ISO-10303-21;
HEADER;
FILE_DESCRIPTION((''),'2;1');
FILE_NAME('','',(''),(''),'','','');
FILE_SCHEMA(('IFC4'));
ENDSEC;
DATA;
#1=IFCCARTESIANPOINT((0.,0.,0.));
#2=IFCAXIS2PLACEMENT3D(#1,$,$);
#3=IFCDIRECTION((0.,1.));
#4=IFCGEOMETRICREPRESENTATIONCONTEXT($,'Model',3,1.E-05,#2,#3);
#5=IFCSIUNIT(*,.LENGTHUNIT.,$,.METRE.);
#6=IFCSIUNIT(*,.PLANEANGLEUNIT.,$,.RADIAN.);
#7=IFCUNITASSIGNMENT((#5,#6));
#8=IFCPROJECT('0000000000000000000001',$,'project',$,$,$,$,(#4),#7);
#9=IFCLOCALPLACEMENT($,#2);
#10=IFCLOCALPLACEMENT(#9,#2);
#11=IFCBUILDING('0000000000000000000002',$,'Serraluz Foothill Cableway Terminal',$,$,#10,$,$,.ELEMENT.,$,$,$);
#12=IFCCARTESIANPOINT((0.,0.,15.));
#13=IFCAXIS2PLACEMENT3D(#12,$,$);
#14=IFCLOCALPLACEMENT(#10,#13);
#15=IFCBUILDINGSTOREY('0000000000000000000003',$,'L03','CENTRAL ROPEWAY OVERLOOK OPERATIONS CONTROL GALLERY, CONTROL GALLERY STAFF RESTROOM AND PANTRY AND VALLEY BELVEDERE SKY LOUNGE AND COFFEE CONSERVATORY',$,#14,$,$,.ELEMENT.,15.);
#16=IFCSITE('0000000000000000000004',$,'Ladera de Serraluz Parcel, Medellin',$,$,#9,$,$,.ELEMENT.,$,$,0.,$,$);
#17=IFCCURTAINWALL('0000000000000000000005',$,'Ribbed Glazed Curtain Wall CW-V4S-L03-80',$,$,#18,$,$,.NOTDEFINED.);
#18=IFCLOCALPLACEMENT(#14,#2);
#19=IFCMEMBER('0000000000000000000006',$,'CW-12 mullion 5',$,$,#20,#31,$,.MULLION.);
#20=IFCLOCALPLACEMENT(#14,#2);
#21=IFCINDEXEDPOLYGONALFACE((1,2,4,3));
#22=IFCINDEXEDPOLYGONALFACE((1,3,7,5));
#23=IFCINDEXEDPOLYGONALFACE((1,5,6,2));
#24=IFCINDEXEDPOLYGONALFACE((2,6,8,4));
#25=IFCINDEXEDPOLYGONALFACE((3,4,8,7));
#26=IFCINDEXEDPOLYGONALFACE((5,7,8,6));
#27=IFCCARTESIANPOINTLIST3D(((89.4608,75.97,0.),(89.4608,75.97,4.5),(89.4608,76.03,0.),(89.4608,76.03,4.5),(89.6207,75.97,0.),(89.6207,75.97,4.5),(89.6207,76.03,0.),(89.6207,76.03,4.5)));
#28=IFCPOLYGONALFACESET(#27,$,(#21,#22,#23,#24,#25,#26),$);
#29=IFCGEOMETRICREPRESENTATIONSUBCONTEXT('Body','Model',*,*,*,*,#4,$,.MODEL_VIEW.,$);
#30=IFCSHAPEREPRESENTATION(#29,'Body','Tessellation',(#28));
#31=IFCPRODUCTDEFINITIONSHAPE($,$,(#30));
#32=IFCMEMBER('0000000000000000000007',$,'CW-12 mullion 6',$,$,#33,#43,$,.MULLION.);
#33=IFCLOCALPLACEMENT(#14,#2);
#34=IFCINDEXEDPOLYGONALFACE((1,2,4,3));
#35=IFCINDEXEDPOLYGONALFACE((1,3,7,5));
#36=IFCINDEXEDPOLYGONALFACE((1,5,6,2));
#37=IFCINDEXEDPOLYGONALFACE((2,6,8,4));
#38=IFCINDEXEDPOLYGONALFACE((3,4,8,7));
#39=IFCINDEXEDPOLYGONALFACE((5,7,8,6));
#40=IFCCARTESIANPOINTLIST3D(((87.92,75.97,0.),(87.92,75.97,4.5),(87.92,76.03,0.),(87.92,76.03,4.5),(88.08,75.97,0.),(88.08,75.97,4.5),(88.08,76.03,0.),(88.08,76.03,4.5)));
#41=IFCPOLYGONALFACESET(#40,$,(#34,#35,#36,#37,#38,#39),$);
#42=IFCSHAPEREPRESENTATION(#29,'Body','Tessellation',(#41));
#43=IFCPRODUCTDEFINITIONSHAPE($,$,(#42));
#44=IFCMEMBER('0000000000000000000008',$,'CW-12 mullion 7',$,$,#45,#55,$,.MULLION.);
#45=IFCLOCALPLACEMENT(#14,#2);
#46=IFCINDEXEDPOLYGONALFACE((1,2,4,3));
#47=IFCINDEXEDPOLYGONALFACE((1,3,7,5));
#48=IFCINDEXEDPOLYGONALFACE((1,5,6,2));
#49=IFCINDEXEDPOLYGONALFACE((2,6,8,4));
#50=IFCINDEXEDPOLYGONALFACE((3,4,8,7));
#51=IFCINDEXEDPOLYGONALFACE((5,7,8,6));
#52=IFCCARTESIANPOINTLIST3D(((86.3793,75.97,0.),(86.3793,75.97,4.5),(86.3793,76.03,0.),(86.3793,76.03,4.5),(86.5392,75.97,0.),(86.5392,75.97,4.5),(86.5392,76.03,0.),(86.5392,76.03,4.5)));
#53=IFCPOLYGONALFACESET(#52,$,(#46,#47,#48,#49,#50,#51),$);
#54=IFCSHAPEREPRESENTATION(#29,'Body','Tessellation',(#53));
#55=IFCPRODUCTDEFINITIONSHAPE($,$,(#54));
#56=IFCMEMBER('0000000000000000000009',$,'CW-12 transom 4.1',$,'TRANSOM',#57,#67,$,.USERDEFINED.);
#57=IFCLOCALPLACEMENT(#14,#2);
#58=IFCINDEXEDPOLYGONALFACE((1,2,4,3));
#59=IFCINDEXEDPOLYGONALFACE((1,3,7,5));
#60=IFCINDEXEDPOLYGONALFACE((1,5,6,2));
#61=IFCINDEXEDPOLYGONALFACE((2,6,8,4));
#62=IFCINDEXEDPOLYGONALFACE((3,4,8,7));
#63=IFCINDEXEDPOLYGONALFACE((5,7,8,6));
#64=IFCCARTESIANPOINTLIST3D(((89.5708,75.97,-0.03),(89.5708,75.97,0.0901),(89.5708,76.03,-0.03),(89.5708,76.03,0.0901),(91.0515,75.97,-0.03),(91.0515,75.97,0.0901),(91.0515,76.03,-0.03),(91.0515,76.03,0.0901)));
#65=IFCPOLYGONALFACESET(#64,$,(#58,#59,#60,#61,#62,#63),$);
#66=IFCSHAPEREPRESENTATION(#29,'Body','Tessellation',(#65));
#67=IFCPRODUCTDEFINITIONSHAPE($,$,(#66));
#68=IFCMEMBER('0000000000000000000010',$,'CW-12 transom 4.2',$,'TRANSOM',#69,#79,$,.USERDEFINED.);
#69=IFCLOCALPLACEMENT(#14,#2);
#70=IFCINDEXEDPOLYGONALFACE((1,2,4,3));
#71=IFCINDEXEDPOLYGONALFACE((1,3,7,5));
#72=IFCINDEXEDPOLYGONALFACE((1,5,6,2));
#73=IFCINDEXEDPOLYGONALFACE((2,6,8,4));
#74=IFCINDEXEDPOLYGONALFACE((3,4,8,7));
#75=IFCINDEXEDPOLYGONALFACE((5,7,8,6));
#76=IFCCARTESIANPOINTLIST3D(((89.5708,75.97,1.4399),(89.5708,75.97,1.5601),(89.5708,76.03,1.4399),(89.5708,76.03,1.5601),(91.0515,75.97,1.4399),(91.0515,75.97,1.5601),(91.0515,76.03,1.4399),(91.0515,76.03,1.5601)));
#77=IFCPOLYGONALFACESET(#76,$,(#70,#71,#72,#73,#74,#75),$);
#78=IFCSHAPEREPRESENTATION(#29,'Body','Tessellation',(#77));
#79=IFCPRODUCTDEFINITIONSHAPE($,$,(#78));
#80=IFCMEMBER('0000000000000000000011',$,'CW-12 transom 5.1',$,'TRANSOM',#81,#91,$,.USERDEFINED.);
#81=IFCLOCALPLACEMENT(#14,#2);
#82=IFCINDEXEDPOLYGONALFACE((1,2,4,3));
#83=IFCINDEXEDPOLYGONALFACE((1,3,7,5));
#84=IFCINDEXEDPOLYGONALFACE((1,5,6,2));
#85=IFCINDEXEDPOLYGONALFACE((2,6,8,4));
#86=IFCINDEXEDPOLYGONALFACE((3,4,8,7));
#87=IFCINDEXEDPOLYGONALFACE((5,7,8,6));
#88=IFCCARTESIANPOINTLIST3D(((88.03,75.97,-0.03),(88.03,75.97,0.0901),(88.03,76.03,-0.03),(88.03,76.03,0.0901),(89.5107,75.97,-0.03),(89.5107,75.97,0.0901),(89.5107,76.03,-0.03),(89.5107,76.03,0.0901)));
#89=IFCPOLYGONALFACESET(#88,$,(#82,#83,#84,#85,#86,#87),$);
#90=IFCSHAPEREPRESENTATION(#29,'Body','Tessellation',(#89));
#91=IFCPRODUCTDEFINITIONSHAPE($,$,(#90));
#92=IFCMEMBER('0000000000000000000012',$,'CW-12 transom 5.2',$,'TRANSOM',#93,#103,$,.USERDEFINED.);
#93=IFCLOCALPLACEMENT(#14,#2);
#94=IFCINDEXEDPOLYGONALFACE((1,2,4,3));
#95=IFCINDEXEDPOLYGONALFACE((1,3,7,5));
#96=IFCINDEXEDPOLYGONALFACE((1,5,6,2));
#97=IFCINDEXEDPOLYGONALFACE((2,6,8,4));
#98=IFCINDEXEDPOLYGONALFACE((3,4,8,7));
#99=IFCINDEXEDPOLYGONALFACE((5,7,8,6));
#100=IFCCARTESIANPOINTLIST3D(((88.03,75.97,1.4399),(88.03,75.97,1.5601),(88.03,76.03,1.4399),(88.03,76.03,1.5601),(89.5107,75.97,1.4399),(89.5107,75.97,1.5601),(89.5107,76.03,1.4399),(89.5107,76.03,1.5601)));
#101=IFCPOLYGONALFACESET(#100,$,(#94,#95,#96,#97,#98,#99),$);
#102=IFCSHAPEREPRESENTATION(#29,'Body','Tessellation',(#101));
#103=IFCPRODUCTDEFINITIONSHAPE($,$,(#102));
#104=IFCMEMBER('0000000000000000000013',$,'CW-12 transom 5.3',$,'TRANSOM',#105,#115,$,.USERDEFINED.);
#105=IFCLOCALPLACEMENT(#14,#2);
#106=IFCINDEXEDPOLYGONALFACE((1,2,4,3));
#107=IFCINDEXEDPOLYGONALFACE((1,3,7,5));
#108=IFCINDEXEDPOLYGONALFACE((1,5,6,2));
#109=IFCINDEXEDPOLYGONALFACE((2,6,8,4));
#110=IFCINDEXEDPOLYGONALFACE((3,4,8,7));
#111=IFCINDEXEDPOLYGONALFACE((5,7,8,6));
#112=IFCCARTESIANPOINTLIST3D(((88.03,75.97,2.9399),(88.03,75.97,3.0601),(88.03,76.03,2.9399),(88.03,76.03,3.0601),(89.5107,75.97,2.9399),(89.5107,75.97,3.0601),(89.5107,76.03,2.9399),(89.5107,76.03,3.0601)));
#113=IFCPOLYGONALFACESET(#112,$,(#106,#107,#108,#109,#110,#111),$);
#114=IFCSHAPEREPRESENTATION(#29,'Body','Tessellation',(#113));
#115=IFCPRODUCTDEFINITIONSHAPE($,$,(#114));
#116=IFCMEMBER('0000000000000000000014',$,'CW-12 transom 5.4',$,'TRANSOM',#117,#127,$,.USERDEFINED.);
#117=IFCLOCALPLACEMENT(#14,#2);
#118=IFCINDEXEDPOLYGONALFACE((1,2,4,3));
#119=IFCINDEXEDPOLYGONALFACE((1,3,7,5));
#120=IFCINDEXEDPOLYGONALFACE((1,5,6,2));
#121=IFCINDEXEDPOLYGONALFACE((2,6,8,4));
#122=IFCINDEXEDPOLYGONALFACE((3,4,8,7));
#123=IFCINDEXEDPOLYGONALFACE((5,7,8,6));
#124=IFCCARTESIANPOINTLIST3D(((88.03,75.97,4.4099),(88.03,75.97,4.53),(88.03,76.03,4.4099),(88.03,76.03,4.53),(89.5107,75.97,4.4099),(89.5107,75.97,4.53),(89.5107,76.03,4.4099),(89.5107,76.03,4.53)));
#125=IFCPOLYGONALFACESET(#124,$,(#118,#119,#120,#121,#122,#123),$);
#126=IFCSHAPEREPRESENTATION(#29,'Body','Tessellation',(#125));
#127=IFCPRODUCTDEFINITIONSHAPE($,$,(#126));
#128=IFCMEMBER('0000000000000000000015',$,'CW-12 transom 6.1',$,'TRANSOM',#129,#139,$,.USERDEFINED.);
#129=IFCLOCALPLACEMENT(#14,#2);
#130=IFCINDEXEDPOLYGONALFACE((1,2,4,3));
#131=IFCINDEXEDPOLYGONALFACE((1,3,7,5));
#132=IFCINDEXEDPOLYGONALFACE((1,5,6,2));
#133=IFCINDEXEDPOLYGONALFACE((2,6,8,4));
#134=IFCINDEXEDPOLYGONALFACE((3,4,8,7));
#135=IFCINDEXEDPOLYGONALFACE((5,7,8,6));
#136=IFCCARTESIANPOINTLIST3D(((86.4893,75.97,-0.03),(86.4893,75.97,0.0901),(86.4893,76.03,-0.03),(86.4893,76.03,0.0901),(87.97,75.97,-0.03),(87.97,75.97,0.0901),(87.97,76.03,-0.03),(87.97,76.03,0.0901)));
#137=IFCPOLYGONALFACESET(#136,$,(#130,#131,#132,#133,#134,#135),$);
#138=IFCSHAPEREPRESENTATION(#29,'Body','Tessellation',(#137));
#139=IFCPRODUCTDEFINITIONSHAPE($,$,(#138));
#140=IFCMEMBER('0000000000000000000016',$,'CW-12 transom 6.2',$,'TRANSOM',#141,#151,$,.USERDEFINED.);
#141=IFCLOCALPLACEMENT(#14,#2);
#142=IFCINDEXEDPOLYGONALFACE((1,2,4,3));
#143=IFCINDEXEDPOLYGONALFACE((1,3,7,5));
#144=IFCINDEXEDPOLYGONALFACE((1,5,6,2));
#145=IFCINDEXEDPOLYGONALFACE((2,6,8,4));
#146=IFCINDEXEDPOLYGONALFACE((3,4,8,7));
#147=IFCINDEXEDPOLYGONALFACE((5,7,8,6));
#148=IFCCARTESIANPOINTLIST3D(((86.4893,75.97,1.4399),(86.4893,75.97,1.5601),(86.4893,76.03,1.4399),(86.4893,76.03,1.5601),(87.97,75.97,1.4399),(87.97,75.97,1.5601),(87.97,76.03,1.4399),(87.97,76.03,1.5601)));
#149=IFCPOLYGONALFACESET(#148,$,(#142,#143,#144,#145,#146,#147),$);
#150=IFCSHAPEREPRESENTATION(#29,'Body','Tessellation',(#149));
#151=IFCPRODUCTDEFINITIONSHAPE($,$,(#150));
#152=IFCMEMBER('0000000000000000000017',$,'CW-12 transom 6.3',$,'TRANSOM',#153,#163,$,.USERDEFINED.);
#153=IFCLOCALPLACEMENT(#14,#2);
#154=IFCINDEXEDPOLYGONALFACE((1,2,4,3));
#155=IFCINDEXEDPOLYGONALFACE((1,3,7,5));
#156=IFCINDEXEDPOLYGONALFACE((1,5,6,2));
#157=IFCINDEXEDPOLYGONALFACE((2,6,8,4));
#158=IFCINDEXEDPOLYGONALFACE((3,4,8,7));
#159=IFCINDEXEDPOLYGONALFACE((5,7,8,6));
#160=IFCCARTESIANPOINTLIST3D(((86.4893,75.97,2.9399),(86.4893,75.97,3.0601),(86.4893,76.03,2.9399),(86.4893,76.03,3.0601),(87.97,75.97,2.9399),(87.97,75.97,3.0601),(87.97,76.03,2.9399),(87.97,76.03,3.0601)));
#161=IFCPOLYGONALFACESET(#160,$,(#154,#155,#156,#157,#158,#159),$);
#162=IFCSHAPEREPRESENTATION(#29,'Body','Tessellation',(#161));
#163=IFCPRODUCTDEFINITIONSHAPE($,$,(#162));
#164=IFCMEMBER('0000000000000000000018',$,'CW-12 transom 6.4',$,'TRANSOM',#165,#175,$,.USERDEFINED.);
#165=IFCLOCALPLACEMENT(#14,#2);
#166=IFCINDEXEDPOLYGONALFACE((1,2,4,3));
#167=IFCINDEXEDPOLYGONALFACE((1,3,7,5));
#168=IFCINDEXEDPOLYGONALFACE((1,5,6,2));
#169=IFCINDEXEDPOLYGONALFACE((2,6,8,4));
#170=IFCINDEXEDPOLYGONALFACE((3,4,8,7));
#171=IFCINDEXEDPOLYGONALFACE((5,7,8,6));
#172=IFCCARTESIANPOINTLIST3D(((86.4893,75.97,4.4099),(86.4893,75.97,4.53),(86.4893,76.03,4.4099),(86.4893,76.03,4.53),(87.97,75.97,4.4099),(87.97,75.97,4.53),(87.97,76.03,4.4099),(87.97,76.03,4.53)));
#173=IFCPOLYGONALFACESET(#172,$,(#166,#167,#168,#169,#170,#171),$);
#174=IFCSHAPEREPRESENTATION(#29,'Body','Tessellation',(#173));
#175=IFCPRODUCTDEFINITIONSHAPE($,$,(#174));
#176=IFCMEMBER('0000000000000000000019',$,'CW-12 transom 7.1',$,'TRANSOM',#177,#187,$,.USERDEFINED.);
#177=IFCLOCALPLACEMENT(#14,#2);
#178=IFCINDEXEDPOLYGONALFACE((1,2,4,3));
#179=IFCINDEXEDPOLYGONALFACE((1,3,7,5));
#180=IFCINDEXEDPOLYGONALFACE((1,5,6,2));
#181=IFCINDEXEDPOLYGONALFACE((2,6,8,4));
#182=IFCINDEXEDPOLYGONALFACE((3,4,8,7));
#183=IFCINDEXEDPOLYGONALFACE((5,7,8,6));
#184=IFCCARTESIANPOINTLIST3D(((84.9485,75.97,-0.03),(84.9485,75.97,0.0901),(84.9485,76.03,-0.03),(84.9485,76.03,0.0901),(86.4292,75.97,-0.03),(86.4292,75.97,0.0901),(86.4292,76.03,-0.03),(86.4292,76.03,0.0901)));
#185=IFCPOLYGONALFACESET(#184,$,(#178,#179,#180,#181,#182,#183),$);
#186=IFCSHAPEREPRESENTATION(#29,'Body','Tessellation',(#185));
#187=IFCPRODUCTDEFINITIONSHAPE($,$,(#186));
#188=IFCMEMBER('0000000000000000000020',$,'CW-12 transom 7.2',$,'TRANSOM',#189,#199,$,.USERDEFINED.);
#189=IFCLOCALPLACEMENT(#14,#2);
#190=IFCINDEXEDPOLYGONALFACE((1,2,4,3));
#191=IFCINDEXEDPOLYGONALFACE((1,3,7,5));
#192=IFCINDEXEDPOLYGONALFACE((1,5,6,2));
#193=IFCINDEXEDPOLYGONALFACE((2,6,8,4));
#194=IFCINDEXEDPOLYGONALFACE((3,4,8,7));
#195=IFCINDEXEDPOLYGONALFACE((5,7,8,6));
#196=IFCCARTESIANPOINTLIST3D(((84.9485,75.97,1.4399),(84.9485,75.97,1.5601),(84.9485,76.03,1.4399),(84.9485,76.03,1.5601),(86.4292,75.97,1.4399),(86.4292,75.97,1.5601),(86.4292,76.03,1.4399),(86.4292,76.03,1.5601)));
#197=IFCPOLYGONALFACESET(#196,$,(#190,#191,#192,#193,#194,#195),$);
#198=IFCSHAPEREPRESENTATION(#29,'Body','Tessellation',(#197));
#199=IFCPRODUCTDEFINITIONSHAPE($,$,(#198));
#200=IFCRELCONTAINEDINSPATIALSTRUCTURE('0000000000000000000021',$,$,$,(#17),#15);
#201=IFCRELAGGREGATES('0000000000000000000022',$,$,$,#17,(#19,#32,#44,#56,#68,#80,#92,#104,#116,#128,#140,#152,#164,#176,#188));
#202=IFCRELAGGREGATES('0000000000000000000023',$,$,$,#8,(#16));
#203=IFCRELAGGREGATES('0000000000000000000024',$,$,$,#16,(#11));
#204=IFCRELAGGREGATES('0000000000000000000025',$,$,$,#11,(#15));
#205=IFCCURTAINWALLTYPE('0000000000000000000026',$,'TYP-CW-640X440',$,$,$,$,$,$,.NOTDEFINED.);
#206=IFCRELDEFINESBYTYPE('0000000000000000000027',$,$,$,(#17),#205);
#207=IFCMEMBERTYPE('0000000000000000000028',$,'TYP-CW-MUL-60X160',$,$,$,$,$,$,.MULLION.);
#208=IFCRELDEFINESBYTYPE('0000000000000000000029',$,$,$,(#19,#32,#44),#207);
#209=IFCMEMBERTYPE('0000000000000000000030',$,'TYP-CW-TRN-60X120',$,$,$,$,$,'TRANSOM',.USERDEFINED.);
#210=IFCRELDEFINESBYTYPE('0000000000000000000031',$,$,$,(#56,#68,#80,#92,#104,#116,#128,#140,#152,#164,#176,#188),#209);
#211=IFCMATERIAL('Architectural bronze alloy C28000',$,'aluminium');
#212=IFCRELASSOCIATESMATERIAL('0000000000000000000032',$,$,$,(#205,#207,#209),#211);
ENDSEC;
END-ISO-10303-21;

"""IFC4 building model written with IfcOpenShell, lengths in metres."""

from ifc_helpers import new_model, si_unit, direction, frame, origin, origin_2d, place, context, subcontext, project, spatial, rectangle, extrude, material, material_profile, profile_set, type_object, element, aggregate, save


model = new_model("IFC4")

# Units and contexts
model_context = context("Model", 3, precision=1e-05, world=origin(), true_north=direction((0.0, 1.0)))
body_context = subcontext(model_context, "Body", "Model", "MODEL_VIEW")
ifc_project = project(units=[si_unit("LENGTHUNIT", "METRE"), si_unit("PLANEANGLEUNIT", "RADIAN")], contexts=[model_context])

# Site, building, storey
site_placement = place(None, origin())
site = spatial("IfcSite", under=ifc_project, at=site_placement, Name="Ladera de Serraluz Parcel, Medellin", CompositionType="ELEMENT", RefElevation=0.0)
building_placement = place(site_placement, origin())
building = spatial("IfcBuilding", under=site, at=building_placement, Name="Serraluz Foothill Cableway Terminal", CompositionType="ELEMENT")
storey_placement = place(building_placement, frame((0.0, 0.0, 15.0)))
storey = spatial("IfcBuildingStorey", under=building, at=storey_placement, Name="L03", Description="CENTRAL ROPEWAY OVERLOOK OPERATIONS CONTROL GALLERY, CONTROL GALLERY STAFF RESTROOM AND PANTRY AND VALLEY BELVEDERE SKY LOUNGE AND COFFEE CONSERVATORY", CompositionType="ELEMENT", Elevation=15.0)

# Curtain wall, members
ifc_material_1 = material(Name="Architectural bronze alloy C28000", Category="aluminium")
curtain_wall_type = type_object("IfcCurtainWallType", Name="TYP-CW-640X440", PredefinedType="NOTDEFINED", material=ifc_material_1)
curtain_wall_placement = place(storey_placement, origin())
curtain_wall = element("IfcCurtainWall", 1, at=curtain_wall_placement, inside=storey, type_object=curtain_wall_type, Name="Ribbed Glazed Curtain Wall CW-V4S-L03-80", PredefinedType="NOTDEFINED")
ifc_material_profile_1 = material_profile(ifc_material_1, rectangle(XDim=0.0601, YDim=0.1599, at=origin_2d()), Name="ALU MULLION 60x160")
ifc_profile_set_1 = profile_set([ifc_material_profile_1], Name="Architectural bronze alloy C28000")
member_type_1 = type_object("IfcMemberType", Name="TYP-CW-MUL-60X160", PredefinedType="MULLION", material=ifc_profile_set_1)
member_1_placement = place(storey_placement, frame((89.5408, 76.0, 0.0), z_axis=(0.0, 0.0, 1.0), x_axis=(0.0, -1.0, 0.0)))
member_1 = element("IfcMember", 2, at=member_1_placement, type_object=member_type_1, Name="CW-12 mullion 5", PredefinedType="MULLION", context=body_context, shape_type="SweptSolid", body=[
    extrude(rectangle(XDim=0.0601, YDim=0.1599, at=origin_2d()), origin(), (0.0, 0.0, 1.0), 4.5),
])
member_2_placement = place(storey_placement, frame((88.0, 76.0, 0.0), z_axis=(0.0, 0.0, 1.0), x_axis=(0.0, -1.0, 0.0)))
member_2 = element("IfcMember", 3, at=member_2_placement, type_object=member_type_1, Name="CW-12 mullion 6", PredefinedType="MULLION", context=body_context, shape_type="SweptSolid", body=[
    extrude(rectangle(XDim=0.0601, YDim=0.1599, at=origin_2d()), origin(), (0.0, 0.0, 1.0), 4.5),
])
member_3_placement = place(storey_placement, frame((86.4592, 76.0, 0.0), z_axis=(0.0, 0.0, 1.0), x_axis=(0.0, -1.0, 0.0)))
member_3 = element("IfcMember", 4, at=member_3_placement, type_object=member_type_1, Name="CW-12 mullion 7", PredefinedType="MULLION", context=body_context, shape_type="SweptSolid", body=[
    extrude(rectangle(XDim=0.0601, YDim=0.1599, at=origin_2d()), origin(), (0.0, 0.0, 1.0), 4.5),
])
ifc_material_profile_2 = material_profile(ifc_material_1, rectangle(XDim=0.0601, YDim=0.1201, at=origin_2d()), Name="ALU TRANSOM 60x120")
ifc_profile_set_2 = profile_set([ifc_material_profile_2], Name="Architectural bronze alloy C28000")
member_type_2 = type_object("IfcMemberType", Name="TYP-CW-TRN-60X120", ElementType="TRANSOM", PredefinedType="USERDEFINED", material=ifc_profile_set_2)
member_4_placement = place(storey_placement, frame((91.0515, 76.0, 0.03), z_axis=(-1.0, 0.0, 0.0), x_axis=(0.0, -1.0, 0.0)))
member_4 = element("IfcMember", 5, at=member_4_placement, type_object=member_type_2, Name="CW-12 transom 4.1", ObjectType="TRANSOM", PredefinedType="USERDEFINED", context=body_context, shape_type="SweptSolid", body=[
    extrude(rectangle(XDim=0.0601, YDim=0.1201, at=origin_2d()), origin(), (0.0, 0.0, 1.0), 1.4807),
])
member_5_placement = place(storey_placement, frame((91.0515, 76.0, 1.5), z_axis=(-1.0, 0.0, 0.0), x_axis=(0.0, -1.0, 0.0)))
member_5 = element("IfcMember", 6, at=member_5_placement, type_object=member_type_2, Name="CW-12 transom 4.2", ObjectType="TRANSOM", PredefinedType="USERDEFINED", context=body_context, shape_type="SweptSolid", body=[
    extrude(rectangle(XDim=0.0601, YDim=0.1201, at=origin_2d()), origin(), (0.0, 0.0, 1.0), 1.4807),
])
member_6_placement = place(storey_placement, frame((89.5107, 76.0, 0.03), z_axis=(-1.0, 0.0, 0.0), x_axis=(0.0, -1.0, 0.0)))
member_6 = element("IfcMember", 7, at=member_6_placement, type_object=member_type_2, Name="CW-12 transom 5.1", ObjectType="TRANSOM", PredefinedType="USERDEFINED", context=body_context, shape_type="SweptSolid", body=[
    extrude(rectangle(XDim=0.0601, YDim=0.1201, at=origin_2d()), origin(), (0.0, 0.0, 1.0), 1.4807),
])
member_7_placement = place(storey_placement, frame((89.5107, 76.0, 1.5), z_axis=(-1.0, 0.0, 0.0), x_axis=(0.0, -1.0, 0.0)))
member_7 = element("IfcMember", 8, at=member_7_placement, type_object=member_type_2, Name="CW-12 transom 5.2", ObjectType="TRANSOM", PredefinedType="USERDEFINED", context=body_context, shape_type="SweptSolid", body=[
    extrude(rectangle(XDim=0.0601, YDim=0.1201, at=origin_2d()), origin(), (0.0, 0.0, 1.0), 1.4807),
])
member_8_placement = place(storey_placement, frame((89.5107, 76.0, 3.0), z_axis=(-1.0, 0.0, 0.0), x_axis=(0.0, -1.0, 0.0)))
member_8 = element("IfcMember", 9, at=member_8_placement, type_object=member_type_2, Name="CW-12 transom 5.3", ObjectType="TRANSOM", PredefinedType="USERDEFINED", context=body_context, shape_type="SweptSolid", body=[
    extrude(rectangle(XDim=0.0601, YDim=0.1201, at=origin_2d()), origin(), (0.0, 0.0, 1.0), 1.4807),
])
member_9_placement = place(storey_placement, frame((89.5107, 76.0, 4.47), z_axis=(-1.0, 0.0, 0.0), x_axis=(0.0, -1.0, 0.0)))
member_9 = element("IfcMember", 10, at=member_9_placement, type_object=member_type_2, Name="CW-12 transom 5.4", ObjectType="TRANSOM", PredefinedType="USERDEFINED", context=body_context, shape_type="SweptSolid", body=[
    extrude(rectangle(XDim=0.0601, YDim=0.1201, at=origin_2d()), origin(), (0.0, 0.0, 1.0), 1.4807),
])
member_10_placement = place(storey_placement, frame((87.97, 76.0, 0.03), z_axis=(-1.0, 0.0, 0.0), x_axis=(0.0, -1.0, 0.0)))
member_10 = element("IfcMember", 11, at=member_10_placement, type_object=member_type_2, Name="CW-12 transom 6.1", ObjectType="TRANSOM", PredefinedType="USERDEFINED", context=body_context, shape_type="SweptSolid", body=[
    extrude(rectangle(XDim=0.0601, YDim=0.1201, at=origin_2d()), origin(), (0.0, 0.0, 1.0), 1.4807),
])
member_11_placement = place(storey_placement, frame((87.97, 76.0, 1.5), z_axis=(-1.0, 0.0, 0.0), x_axis=(0.0, -1.0, 0.0)))
member_11 = element("IfcMember", 12, at=member_11_placement, type_object=member_type_2, Name="CW-12 transom 6.2", ObjectType="TRANSOM", PredefinedType="USERDEFINED", context=body_context, shape_type="SweptSolid", body=[
    extrude(rectangle(XDim=0.0601, YDim=0.1201, at=origin_2d()), origin(), (0.0, 0.0, 1.0), 1.4807),
])
member_12_placement = place(storey_placement, frame((87.97, 76.0, 3.0), z_axis=(-1.0, 0.0, 0.0), x_axis=(0.0, -1.0, 0.0)))
member_12 = element("IfcMember", 13, at=member_12_placement, type_object=member_type_2, Name="CW-12 transom 6.3", ObjectType="TRANSOM", PredefinedType="USERDEFINED", context=body_context, shape_type="SweptSolid", body=[
    extrude(rectangle(XDim=0.0601, YDim=0.1201, at=origin_2d()), origin(), (0.0, 0.0, 1.0), 1.4807),
])
member_13_placement = place(storey_placement, frame((87.97, 76.0, 4.47), z_axis=(-1.0, 0.0, 0.0), x_axis=(0.0, -1.0, 0.0)))
member_13 = element("IfcMember", 14, at=member_13_placement, type_object=member_type_2, Name="CW-12 transom 6.4", ObjectType="TRANSOM", PredefinedType="USERDEFINED", context=body_context, shape_type="SweptSolid", body=[
    extrude(rectangle(XDim=0.0601, YDim=0.1201, at=origin_2d()), origin(), (0.0, 0.0, 1.0), 1.4807),
])
member_14_placement = place(storey_placement, frame((86.4292, 76.0, 0.03), z_axis=(-1.0, 0.0, 0.0), x_axis=(0.0, -1.0, 0.0)))
member_14 = element("IfcMember", 15, at=member_14_placement, type_object=member_type_2, Name="CW-12 transom 7.1", ObjectType="TRANSOM", PredefinedType="USERDEFINED", context=body_context, shape_type="SweptSolid", body=[
    extrude(rectangle(XDim=0.0601, YDim=0.1201, at=origin_2d()), origin(), (0.0, 0.0, 1.0), 1.4807),
])
member_15_placement = place(storey_placement, frame((86.4292, 76.0, 1.5), z_axis=(-1.0, 0.0, 0.0), x_axis=(0.0, -1.0, 0.0)))
member_15 = element("IfcMember", 16, at=member_15_placement, type_object=member_type_2, Name="CW-12 transom 7.2", ObjectType="TRANSOM", PredefinedType="USERDEFINED", context=body_context, shape_type="SweptSolid", body=[
    extrude(rectangle(XDim=0.0601, YDim=0.1201, at=origin_2d()), origin(), (0.0, 0.0, 1.0), 1.4807),
])
aggregate(curtain_wall, [member_1, member_2, member_3, member_4, member_5, member_6, member_7, member_8, member_9, member_10, member_11, member_12, member_13, member_14, member_15])

save(model, "model.ifc")
